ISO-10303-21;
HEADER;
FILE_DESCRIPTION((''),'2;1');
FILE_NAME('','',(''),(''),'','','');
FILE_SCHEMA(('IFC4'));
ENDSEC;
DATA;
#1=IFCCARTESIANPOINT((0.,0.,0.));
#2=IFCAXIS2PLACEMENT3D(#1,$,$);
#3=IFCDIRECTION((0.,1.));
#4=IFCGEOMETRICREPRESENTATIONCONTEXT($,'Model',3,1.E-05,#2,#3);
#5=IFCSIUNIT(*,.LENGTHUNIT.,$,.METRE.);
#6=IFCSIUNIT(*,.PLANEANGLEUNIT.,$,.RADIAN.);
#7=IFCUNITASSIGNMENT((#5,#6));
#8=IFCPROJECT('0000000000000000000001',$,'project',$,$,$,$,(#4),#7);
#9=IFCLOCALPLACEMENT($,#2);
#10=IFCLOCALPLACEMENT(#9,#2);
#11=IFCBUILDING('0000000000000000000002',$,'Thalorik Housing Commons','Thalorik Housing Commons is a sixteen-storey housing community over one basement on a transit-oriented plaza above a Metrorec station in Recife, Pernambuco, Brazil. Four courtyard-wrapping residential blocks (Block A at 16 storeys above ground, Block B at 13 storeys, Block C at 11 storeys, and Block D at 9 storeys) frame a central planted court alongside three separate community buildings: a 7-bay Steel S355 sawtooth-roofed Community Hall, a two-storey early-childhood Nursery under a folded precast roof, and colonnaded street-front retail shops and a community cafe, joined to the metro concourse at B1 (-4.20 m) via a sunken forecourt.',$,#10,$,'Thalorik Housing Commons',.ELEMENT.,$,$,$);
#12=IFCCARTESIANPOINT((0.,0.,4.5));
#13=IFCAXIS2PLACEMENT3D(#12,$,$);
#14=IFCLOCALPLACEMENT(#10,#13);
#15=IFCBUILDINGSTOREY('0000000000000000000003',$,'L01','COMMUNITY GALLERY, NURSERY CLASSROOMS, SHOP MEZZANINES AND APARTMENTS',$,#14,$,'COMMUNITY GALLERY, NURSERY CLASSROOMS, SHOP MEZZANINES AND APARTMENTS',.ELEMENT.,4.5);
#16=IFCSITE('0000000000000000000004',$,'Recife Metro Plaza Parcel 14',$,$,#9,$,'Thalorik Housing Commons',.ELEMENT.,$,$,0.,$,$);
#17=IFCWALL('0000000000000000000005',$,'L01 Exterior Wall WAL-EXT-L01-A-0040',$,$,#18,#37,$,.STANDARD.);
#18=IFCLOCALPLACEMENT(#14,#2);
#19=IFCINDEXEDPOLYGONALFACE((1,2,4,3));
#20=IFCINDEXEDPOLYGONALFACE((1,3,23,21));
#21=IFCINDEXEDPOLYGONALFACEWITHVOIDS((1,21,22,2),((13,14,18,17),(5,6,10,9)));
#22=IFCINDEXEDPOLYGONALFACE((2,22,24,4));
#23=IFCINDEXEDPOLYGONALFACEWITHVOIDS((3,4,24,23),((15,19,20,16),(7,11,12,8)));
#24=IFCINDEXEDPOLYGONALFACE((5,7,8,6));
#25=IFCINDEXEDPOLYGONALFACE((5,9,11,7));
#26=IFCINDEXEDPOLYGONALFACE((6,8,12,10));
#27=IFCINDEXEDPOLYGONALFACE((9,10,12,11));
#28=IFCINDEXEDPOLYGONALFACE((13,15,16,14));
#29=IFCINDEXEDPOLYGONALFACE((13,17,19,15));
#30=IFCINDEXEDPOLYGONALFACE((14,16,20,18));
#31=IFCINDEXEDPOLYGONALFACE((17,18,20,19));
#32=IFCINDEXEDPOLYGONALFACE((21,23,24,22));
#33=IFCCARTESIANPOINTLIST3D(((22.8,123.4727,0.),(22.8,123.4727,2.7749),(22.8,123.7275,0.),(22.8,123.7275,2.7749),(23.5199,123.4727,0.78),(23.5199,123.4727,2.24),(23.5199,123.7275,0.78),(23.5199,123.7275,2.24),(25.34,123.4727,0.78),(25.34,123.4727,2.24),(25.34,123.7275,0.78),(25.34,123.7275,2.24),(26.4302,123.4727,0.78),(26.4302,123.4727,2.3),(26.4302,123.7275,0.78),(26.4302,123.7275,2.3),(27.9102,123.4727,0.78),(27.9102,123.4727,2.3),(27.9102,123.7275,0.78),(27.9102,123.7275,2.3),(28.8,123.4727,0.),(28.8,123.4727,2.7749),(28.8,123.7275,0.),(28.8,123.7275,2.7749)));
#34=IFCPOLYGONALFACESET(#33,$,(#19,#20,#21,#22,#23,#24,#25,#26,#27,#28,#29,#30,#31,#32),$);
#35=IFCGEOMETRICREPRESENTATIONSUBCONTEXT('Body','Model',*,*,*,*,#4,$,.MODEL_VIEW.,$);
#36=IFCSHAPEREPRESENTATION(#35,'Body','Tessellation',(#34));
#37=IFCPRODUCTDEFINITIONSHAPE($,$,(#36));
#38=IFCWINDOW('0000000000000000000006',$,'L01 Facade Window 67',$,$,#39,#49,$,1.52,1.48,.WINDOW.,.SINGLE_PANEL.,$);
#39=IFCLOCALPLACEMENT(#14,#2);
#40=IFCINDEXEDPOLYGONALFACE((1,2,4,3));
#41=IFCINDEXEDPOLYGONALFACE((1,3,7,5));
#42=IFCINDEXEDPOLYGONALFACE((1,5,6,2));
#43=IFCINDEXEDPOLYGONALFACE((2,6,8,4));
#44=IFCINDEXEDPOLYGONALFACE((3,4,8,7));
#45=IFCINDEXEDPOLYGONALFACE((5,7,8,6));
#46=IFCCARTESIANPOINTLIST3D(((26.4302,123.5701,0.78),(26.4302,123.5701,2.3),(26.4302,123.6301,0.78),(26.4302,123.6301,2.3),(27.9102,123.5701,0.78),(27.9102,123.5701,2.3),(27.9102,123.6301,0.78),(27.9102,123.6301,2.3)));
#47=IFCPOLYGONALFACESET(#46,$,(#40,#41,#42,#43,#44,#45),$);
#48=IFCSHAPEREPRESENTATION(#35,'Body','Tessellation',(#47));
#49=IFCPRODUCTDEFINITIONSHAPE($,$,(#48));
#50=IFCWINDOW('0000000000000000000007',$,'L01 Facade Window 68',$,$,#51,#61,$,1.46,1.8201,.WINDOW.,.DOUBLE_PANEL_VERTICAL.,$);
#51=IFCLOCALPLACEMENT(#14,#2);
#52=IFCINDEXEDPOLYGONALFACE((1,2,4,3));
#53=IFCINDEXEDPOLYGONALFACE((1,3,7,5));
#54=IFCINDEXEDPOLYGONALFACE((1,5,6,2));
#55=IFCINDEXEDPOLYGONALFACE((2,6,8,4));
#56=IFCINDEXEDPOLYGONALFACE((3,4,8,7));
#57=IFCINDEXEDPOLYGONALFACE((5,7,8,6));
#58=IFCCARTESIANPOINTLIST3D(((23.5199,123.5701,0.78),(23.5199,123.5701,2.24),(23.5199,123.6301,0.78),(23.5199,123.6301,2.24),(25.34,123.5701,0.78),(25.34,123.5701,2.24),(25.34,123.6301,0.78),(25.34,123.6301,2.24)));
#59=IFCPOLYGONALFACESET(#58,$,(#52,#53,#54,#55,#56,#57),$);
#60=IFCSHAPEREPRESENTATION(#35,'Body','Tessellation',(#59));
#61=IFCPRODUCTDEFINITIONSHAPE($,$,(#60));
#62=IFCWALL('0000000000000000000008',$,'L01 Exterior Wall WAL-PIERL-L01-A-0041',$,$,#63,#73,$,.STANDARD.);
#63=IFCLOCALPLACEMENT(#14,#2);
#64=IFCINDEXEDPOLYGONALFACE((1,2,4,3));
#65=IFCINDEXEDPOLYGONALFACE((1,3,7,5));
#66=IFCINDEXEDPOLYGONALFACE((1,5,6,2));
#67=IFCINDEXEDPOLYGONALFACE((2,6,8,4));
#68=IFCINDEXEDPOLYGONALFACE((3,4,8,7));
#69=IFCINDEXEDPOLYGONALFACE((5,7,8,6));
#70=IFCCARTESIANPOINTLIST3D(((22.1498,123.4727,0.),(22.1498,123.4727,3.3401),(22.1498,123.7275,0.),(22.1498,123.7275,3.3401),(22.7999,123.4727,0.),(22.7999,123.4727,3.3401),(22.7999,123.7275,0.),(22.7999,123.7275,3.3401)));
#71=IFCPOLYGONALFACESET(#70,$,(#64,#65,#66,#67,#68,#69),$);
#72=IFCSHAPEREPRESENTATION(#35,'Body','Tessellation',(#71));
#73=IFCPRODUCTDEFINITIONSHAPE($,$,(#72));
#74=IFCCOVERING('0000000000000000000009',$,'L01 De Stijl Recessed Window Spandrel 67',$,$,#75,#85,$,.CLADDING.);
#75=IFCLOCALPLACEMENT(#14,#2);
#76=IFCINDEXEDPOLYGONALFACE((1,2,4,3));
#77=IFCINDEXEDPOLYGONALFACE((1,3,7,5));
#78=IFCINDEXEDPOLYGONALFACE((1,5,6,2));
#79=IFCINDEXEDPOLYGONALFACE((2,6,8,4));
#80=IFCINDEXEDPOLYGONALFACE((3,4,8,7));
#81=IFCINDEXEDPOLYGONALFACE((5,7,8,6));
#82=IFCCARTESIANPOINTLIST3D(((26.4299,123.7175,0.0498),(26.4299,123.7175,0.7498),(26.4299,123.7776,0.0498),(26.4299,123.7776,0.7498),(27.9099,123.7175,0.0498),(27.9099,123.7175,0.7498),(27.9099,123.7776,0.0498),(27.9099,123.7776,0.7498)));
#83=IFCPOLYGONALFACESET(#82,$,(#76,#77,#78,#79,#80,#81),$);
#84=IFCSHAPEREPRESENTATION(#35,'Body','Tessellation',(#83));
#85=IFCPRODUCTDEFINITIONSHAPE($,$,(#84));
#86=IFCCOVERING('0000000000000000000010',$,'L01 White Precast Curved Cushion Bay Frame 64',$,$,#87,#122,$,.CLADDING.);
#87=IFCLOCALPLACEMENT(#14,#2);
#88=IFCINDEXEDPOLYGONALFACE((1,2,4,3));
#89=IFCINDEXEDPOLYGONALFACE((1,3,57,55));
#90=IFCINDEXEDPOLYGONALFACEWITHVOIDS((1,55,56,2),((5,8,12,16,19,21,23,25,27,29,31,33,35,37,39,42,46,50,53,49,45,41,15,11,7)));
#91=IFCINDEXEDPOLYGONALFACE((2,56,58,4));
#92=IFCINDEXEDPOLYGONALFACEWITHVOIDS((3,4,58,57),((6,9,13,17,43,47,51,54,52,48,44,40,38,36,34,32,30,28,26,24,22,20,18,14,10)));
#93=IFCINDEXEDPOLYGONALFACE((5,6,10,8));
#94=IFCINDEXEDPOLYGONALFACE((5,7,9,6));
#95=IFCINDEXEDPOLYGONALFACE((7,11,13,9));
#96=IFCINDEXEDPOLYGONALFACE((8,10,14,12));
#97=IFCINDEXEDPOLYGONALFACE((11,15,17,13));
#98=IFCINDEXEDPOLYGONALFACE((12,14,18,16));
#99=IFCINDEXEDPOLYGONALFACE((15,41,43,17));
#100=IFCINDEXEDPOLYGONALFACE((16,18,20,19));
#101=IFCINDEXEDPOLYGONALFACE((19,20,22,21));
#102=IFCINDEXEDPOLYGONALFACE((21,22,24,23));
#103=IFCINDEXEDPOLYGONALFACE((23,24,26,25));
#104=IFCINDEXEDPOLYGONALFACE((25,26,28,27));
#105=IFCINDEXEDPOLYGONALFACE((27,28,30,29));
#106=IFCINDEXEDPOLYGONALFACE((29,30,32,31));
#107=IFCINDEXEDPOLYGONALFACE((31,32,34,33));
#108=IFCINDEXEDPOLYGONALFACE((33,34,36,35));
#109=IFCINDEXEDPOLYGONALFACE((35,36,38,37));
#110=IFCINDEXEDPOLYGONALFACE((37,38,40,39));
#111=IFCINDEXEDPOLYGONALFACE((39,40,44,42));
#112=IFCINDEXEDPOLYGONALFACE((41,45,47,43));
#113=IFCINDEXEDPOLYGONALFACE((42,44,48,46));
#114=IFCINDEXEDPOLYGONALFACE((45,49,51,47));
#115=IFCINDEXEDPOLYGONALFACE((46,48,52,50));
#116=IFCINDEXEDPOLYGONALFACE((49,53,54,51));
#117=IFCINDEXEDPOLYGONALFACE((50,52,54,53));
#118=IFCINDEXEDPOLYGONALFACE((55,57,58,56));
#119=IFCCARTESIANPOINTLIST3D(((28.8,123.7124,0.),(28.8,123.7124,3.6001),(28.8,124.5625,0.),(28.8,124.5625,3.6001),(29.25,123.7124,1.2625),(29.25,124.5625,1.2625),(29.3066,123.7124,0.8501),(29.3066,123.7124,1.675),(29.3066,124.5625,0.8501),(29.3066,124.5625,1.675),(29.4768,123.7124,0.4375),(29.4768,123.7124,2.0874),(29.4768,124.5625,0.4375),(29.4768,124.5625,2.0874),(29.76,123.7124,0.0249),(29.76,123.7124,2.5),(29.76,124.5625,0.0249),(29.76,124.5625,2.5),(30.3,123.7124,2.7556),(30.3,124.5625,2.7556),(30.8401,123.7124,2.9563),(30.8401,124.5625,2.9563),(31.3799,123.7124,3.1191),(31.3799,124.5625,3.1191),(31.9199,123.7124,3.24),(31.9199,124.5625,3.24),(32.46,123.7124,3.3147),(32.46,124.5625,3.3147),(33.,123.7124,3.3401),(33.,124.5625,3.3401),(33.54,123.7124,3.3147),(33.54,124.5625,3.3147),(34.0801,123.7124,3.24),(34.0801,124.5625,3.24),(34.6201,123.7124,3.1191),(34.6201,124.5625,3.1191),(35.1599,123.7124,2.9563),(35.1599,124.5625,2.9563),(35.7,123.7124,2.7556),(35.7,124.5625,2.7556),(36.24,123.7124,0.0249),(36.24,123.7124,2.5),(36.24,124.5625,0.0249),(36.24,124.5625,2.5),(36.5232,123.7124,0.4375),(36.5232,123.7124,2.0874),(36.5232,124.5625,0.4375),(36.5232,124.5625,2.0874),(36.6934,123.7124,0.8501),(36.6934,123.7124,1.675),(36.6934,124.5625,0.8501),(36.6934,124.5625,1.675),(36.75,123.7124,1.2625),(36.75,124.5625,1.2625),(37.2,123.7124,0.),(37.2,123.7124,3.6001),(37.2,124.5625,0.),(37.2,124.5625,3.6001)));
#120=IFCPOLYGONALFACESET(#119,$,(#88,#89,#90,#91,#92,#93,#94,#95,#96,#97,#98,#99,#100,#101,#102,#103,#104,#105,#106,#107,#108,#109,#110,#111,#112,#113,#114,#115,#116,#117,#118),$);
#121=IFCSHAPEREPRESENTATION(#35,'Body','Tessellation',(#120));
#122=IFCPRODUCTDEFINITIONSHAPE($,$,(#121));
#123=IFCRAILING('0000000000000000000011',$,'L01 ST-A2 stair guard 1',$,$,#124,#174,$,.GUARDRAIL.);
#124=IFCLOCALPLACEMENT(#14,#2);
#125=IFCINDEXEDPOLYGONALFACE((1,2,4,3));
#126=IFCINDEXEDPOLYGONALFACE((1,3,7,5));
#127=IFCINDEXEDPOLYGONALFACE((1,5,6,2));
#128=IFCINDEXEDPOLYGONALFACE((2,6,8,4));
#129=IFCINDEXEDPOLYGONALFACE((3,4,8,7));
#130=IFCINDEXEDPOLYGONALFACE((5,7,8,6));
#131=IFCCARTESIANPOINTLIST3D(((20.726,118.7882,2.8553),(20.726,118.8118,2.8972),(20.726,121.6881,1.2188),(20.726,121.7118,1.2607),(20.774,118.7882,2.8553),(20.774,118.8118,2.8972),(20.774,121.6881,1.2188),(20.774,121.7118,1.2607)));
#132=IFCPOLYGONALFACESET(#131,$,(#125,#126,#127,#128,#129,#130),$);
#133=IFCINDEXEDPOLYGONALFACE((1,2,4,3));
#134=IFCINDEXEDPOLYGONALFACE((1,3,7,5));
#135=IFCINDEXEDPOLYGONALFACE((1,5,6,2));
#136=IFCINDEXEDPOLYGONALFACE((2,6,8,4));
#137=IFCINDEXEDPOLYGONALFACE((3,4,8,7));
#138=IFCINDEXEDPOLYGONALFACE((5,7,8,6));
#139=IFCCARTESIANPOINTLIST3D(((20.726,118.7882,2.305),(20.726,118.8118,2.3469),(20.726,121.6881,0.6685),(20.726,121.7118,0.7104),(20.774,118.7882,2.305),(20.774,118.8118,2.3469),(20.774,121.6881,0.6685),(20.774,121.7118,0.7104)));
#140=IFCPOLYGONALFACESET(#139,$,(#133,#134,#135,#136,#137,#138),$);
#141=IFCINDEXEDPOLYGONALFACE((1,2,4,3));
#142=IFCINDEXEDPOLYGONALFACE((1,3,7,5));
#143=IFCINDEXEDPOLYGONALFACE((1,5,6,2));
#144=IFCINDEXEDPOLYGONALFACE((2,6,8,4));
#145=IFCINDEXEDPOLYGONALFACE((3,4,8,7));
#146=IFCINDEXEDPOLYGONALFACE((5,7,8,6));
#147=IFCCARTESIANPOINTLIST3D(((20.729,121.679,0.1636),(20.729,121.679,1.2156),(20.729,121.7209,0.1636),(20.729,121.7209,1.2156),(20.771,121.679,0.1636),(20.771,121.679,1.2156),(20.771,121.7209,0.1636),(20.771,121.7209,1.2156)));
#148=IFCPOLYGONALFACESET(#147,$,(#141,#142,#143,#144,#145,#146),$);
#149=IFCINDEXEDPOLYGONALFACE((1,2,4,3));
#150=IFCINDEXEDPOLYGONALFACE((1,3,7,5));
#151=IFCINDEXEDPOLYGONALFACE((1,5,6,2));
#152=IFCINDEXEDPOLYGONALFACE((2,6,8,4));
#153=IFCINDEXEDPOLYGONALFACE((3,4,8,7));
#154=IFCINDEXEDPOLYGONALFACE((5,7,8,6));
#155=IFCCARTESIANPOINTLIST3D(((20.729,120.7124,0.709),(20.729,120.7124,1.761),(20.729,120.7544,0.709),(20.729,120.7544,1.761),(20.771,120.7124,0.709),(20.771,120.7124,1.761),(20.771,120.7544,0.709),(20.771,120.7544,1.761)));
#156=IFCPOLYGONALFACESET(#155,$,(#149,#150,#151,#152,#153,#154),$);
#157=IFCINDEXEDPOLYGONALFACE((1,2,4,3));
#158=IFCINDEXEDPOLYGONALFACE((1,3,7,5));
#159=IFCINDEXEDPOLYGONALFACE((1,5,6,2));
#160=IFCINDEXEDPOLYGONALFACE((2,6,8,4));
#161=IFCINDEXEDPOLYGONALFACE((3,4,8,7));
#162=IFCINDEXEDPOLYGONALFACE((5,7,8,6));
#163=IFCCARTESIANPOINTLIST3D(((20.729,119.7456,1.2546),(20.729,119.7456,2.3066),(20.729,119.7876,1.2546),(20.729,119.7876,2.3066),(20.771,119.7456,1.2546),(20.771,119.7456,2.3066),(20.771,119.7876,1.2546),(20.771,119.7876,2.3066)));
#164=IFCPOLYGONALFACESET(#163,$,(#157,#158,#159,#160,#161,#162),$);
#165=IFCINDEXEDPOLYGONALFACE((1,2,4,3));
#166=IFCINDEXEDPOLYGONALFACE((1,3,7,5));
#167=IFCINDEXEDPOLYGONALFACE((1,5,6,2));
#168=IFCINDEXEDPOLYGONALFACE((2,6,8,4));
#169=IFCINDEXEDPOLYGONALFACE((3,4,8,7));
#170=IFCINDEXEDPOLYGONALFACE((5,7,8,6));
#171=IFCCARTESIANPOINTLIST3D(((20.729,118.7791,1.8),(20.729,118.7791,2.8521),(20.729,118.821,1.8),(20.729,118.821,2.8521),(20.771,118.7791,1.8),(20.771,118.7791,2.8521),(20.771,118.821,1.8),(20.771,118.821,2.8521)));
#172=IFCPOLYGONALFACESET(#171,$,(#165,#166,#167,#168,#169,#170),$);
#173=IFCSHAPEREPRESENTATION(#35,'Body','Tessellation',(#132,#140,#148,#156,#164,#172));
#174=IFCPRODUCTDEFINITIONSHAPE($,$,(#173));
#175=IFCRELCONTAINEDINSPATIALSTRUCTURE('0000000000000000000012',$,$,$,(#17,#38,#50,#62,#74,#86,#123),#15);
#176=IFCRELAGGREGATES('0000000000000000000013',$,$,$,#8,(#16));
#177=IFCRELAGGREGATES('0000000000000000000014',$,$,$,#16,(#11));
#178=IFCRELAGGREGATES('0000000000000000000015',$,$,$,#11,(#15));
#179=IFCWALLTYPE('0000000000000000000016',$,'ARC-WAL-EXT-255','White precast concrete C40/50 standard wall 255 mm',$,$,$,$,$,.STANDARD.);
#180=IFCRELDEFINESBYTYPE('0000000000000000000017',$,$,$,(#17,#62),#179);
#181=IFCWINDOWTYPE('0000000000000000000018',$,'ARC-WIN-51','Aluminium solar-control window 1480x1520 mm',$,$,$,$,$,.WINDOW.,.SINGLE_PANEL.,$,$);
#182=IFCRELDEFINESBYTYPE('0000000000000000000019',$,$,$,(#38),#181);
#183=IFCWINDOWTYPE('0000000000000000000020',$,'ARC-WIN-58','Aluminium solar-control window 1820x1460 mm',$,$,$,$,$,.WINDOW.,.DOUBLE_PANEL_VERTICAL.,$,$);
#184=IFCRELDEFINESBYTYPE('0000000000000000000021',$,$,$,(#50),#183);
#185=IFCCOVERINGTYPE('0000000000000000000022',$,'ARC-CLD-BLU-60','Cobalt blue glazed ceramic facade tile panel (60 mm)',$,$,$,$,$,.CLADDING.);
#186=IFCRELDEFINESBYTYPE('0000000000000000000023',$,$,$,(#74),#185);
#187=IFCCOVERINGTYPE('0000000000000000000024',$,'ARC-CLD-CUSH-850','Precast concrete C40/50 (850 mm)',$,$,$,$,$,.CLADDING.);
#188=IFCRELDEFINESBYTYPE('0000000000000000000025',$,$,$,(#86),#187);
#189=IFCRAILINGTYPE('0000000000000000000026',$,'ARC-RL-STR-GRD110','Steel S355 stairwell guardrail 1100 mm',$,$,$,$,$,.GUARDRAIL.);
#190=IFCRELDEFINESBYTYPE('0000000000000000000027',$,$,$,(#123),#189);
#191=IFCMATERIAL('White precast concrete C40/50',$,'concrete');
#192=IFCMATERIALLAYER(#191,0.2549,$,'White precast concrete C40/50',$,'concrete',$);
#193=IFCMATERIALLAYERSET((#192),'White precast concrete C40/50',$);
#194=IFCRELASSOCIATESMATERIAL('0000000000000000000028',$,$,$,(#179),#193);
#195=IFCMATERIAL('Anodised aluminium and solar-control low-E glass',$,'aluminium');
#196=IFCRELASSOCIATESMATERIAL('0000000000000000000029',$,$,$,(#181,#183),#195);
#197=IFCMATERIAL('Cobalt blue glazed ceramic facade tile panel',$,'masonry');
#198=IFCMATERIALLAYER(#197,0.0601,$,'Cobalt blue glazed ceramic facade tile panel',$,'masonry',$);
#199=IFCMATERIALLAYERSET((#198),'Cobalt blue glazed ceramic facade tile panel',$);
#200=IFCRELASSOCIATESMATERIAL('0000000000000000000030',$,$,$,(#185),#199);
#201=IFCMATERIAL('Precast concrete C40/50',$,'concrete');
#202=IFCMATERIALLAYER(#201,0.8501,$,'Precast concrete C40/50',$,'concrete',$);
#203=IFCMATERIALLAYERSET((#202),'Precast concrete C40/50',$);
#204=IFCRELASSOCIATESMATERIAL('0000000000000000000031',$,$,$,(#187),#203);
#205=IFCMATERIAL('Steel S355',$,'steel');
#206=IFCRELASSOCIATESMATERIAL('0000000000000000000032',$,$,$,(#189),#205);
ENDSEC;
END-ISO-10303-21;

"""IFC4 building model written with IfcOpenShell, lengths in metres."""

from ifc_helpers import new_model, si_unit, direction, frame, frame_2d, origin, origin_2d, place, context, subcontext, project, spatial, polyline, rectangle, outline, extrude, material, layer, layer_set, type_object, element, fill, save


model = new_model("IFC4")

# Units and contexts
model_context = context("Model", 3, precision=1e-05, world=origin(), true_north=direction((0.0, 1.0)))
body_context = subcontext(model_context, "Body", "Model", "MODEL_VIEW")
ifc_project = project(units=[si_unit("LENGTHUNIT", "METRE"), si_unit("PLANEANGLEUNIT", "RADIAN")], contexts=[model_context])

# Site, building, storey
site_placement = place(None, origin())
site = spatial("IfcSite", under=ifc_project, at=site_placement, Name="Recife Metro Plaza Parcel 14", LongName="Thalorik Housing Commons", CompositionType="ELEMENT", RefElevation=0.0)
building_placement = place(site_placement, origin())
building = spatial("IfcBuilding", under=site, at=building_placement, Name="Thalorik Housing Commons", Description="Thalorik Housing Commons is a sixteen-storey housing community over one basement on a transit-oriented plaza above a Metrorec station in Recife, Pernambuco, Brazil. Four courtyard-wrapping residential blocks (Block A at 16 storeys above ground, Block B at 13 storeys, Block C at 11 storeys, and Block D at 9 storeys) frame a central planted court alongside three separate community buildings: a 7-bay Steel S355 sawtooth-roofed Community Hall, a two-storey early-childhood Nursery under a folded precast roof, and colonnaded street-front retail shops and a community cafe, joined to the metro concourse at B1 (-4.20 m) via a sunken forecourt.", LongName="Thalorik Housing Commons", CompositionType="ELEMENT")
storey_placement = place(building_placement, frame((0.0, 0.0, 4.5)))
storey = spatial("IfcBuildingStorey", under=building, at=storey_placement, Name="L01", Description="COMMUNITY GALLERY, NURSERY CLASSROOMS, SHOP MEZZANINES AND APARTMENTS", LongName="COMMUNITY GALLERY, NURSERY CLASSROOMS, SHOP MEZZANINES AND APARTMENTS", CompositionType="ELEMENT", Elevation=4.5)

# Shared definitions
ifc_material_1 = material(Name="Precast concrete C40/50", Category="concrete")

# Shared definitions
ifc_material_2 = material(Name="Anodised aluminium and solar-control low-E glass", Category="aluminium")

# Wall, openings, windows
ifc_material_3 = material(Name="White precast concrete C40/50", Category="concrete")
ifc_layer_1 = layer(ifc_material_3, 0.2549, Name="White precast concrete C40/50", Category="concrete")
ifc_layer_set_1 = layer_set([ifc_layer_1], Name="White precast concrete C40/50")
wall_type_1 = type_object("IfcWallType", Name="ARC-WAL-EXT-255", Description="White precast concrete C40/50 standard wall 255 mm", PredefinedType="STANDARD", material=ifc_layer_set_1)
wall_1_placement = place(storey_placement, frame((28.8, 123.6001, 0.0), z_axis=(0.0, 0.0, 1.0), x_axis=(-1.0, 0.0, 0.0)))
wall_1 = element("IfcWall", 1, at=wall_1_placement, inside=storey, type_object=wall_type_1, Name="L01 Exterior Wall WAL-EXT-L01-A-0040", PredefinedType="STANDARD", context=body_context, shape_type="SweptSolid", body=[
    extrude(rectangle(XDim=6.0, YDim=0.2549, at=frame_2d((3.0, 0.0))), origin(), (0.0, 0.0, 1.0), 2.7749),
])
opening_1_placement = place(wall_1_placement, frame((0.8899, 0.0, 0.78)))
opening_1 = element("IfcOpeningElement", 2, at=opening_1_placement, cuts=wall_1, PredefinedType="OPENING", context=body_context, shape_type="SweptSolid", body=[
    extrude(rectangle(XDim=1.48, YDim=1.52, at=frame_2d((0.74, 0.76))), frame((0.0, 0.1375, 0.0), z_axis=(0.0, -1.0, 0.0), x_axis=(1.0, 0.0, 0.0)), (0.0, 0.0, 1.0), 0.2749),
])
opening_2_placement = place(wall_1_placement, frame((3.46, 0.0, 0.78)))
opening_2 = element("IfcOpeningElement", 3, at=opening_2_placement, cuts=wall_1, PredefinedType="OPENING", context=body_context, shape_type="SweptSolid", body=[
    extrude(rectangle(XDim=1.8201, YDim=1.46, at=frame_2d((0.9102, 0.73))), frame((0.0, 0.1375, 0.0), z_axis=(0.0, -1.0, 0.0), x_axis=(1.0, 0.0, 0.0)), (0.0, 0.0, 1.0), 0.2749),
])
window_type_1 = type_object("IfcWindowType", Name="ARC-WIN-51", Description="Aluminium solar-control window 1480x1520 mm", PartitioningType="SINGLE_PANEL", PredefinedType="WINDOW", material=ifc_material_2)
window_1_placement = place(opening_1_placement, origin())
window_1 = element("IfcWindow", 4, at=window_1_placement, inside=storey, type_object=window_type_1, Name="L01 Facade Window 67", OverallHeight=1.52, OverallWidth=1.48, PartitioningType="SINGLE_PANEL", PredefinedType="WINDOW", context=body_context, shape_type="SweptSolid", body=[
    extrude(rectangle(XDim=1.48, YDim=1.52, at=frame_2d((0.74, 0.76))), frame((0.0, 0.03, 0.0), z_axis=(0.0, -1.0, 0.0), x_axis=(1.0, 0.0, 0.0)), (0.0, 0.0, 1.0), 0.0601),
])
fill(opening_1, window_1)
window_type_2 = type_object("IfcWindowType", Name="ARC-WIN-58", Description="Aluminium solar-control window 1820x1460 mm", PartitioningType="DOUBLE_PANEL_VERTICAL", PredefinedType="WINDOW", material=ifc_material_2)
window_2_placement = place(opening_2_placement, origin())
window_2 = element("IfcWindow", 5, at=window_2_placement, inside=storey, type_object=window_type_2, Name="L01 Facade Window 68", OverallHeight=1.46, OverallWidth=1.8201, PartitioningType="DOUBLE_PANEL_VERTICAL", PredefinedType="WINDOW", context=body_context, shape_type="SweptSolid", body=[
    extrude(rectangle(XDim=1.8201, YDim=1.46, at=frame_2d((0.9102, 0.73))), frame((0.0, 0.03, 0.0), z_axis=(0.0, -1.0, 0.0), x_axis=(1.0, 0.0, 0.0)), (0.0, 0.0, 1.0), 0.0601),
])
fill(opening_2, window_2)

# Wall
wall_2_placement = place(storey_placement, frame((22.8, 123.6001, 0.0), z_axis=(0.0, 0.0, 1.0), x_axis=(-1.0, 0.0, 0.0)))
element("IfcWall", 6, at=wall_2_placement, inside=storey, type_object=wall_type_1, Name="L01 Exterior Wall WAL-PIERL-L01-A-0041", PredefinedType="STANDARD", context=body_context, shape_type="SweptSolid", body=[
    extrude(rectangle(XDim=0.6501, YDim=0.2549, at=frame_2d((0.3252, 0.0))), origin(), (0.0, 0.0, 1.0), 3.3401),
])

# Coverings
ifc_material_4 = material(Name="Cobalt blue glazed ceramic facade tile panel", Category="masonry")
ifc_layer_2 = layer(ifc_material_4, 0.0601, Name="Cobalt blue glazed ceramic facade tile panel", Category="masonry")
ifc_layer_set_2 = layer_set([ifc_layer_2], Name="Cobalt blue glazed ceramic facade tile panel")
covering_type_1 = type_object("IfcCoveringType", Name="ARC-CLD-BLU-60", Description="Cobalt blue glazed ceramic facade tile panel (60 mm)", PredefinedType="CLADDING", material=ifc_layer_set_2)
covering_1_placement = place(storey_placement, frame((27.1699, 123.7476, 0.0498), z_axis=(0.0, 0.0, 1.0), x_axis=(-1.0, 0.0, 0.0)))
element("IfcCovering", 7, at=covering_1_placement, inside=storey, type_object=covering_type_1, Name="L01 De Stijl Recessed Window Spandrel 67", PredefinedType="CLADDING", context=body_context, shape_type="SweptSolid", body=[
    extrude(rectangle(XDim=1.48, YDim=0.0601, at=origin_2d()), origin(), (0.0, 0.0, 1.0), 0.7),
])
ifc_layer_3 = layer(ifc_material_1, 0.8501, Name="Precast concrete C40/50", Category="concrete")
ifc_layer_set_3 = layer_set([ifc_layer_3], Name="Precast concrete C40/50")
covering_type_2 = type_object("IfcCoveringType", Name="ARC-CLD-CUSH-850", Description="Precast concrete C40/50 (850 mm)", PredefinedType="CLADDING", material=ifc_layer_set_3)
covering_2_placement = place(storey_placement, frame((33.0, 124.1375, 0.0), z_axis=(0.0, 0.0, 1.0), x_axis=(-1.0, 0.0, 0.0)))
element("IfcCovering", 8, at=covering_2_placement, inside=storey, type_object=covering_type_2, Name="L01 White Precast Curved Cushion Bay Frame 64", PredefinedType="CLADDING", context=body_context, shape_type="SweptSolid", body=[
    extrude(outline(polyline([(-4.2, 0.0), (4.2, 0.0), (4.2, 3.6001), (-4.2, 3.6001), (-4.2, 0.0)]), holes=[polyline([(3.24, 0.0249), (3.5232, 0.4375), (3.6934, 0.8501), (3.75, 1.2625), (3.6934, 1.675), (3.5232, 2.0874), (3.24, 2.5), (2.7, 2.7556), (2.1599, 2.9563), (1.6201, 3.1191), (1.0801, 3.24), (0.54, 3.3147), (0.0, 3.3401), (-0.54, 3.3147), (-1.0801, 3.24), (-1.6201, 3.1191), (-2.1599, 2.9563), (-2.7, 2.7556), (-3.24, 2.5), (-3.5232, 2.0874), (-3.6934, 1.675), (-3.75, 1.2625), (-3.6934, 0.8501), (-3.5232, 0.4375), (-3.24, 0.0249), (3.24, 0.0249)])]), frame((0.0, 0.425, 0.0), z_axis=(0.0, -1.0, 0.0), x_axis=(1.0, 0.0, 0.0)), (0.0, 0.0, 1.0), 0.8501),
])

# Railing
ifc_material_5 = material(Name="Steel S355", Category="steel")
railing_type = type_object("IfcRailingType", Name="ARC-RL-STR-GRD110", Description="Steel S355 stairwell guardrail 1100 mm", PredefinedType="GUARDRAIL", material=ifc_material_5)
railing_1_placement = place(storey_placement, frame((20.75, 121.7, 0.1636)))
element("IfcRailing", 9, at=railing_1_placement, inside=storey, type_object=railing_type, Name="L01 ST-A2 stair guard 1", PredefinedType="GUARDRAIL", context=body_context, shape_type="SweptSolid", body=[
    extrude(rectangle(XDim=0.0481, YDim=0.0481, at=origin_2d()), frame((0.0, 0.0, 1.0762), z_axis=(0.0, -0.870897, 0.491465), x_axis=(1.0, 0.0, 0.0)), (0.0, 0.0, 1.0), 3.3298),
    extrude(rectangle(XDim=0.0481, YDim=0.0481, at=origin_2d()), frame((0.0, 0.0, 0.5259), z_axis=(0.0, -0.870897, 0.491465), x_axis=(1.0, 0.0, 0.0)), (0.0, 0.0, 1.0), 3.3298),
    extrude(rectangle(XDim=0.042, YDim=0.042, at=origin_2d()), origin(), (0.0, 0.0, 1.0), 1.052),
    extrude(rectangle(XDim=0.042, YDim=0.042, at=origin_2d()), frame((0.0, -0.9666, 0.5454)), (0.0, 0.0, 1.0), 1.052),
    extrude(rectangle(XDim=0.042, YDim=0.042, at=origin_2d()), frame((0.0, -1.9333, 1.0911)), (0.0, 0.0, 1.0), 1.052),
    extrude(rectangle(XDim=0.042, YDim=0.042, at=origin_2d()), frame((0.0, -2.8999, 1.6365)), (0.0, 0.0, 1.0), 1.052),
])

save(model, "model.ifc")
